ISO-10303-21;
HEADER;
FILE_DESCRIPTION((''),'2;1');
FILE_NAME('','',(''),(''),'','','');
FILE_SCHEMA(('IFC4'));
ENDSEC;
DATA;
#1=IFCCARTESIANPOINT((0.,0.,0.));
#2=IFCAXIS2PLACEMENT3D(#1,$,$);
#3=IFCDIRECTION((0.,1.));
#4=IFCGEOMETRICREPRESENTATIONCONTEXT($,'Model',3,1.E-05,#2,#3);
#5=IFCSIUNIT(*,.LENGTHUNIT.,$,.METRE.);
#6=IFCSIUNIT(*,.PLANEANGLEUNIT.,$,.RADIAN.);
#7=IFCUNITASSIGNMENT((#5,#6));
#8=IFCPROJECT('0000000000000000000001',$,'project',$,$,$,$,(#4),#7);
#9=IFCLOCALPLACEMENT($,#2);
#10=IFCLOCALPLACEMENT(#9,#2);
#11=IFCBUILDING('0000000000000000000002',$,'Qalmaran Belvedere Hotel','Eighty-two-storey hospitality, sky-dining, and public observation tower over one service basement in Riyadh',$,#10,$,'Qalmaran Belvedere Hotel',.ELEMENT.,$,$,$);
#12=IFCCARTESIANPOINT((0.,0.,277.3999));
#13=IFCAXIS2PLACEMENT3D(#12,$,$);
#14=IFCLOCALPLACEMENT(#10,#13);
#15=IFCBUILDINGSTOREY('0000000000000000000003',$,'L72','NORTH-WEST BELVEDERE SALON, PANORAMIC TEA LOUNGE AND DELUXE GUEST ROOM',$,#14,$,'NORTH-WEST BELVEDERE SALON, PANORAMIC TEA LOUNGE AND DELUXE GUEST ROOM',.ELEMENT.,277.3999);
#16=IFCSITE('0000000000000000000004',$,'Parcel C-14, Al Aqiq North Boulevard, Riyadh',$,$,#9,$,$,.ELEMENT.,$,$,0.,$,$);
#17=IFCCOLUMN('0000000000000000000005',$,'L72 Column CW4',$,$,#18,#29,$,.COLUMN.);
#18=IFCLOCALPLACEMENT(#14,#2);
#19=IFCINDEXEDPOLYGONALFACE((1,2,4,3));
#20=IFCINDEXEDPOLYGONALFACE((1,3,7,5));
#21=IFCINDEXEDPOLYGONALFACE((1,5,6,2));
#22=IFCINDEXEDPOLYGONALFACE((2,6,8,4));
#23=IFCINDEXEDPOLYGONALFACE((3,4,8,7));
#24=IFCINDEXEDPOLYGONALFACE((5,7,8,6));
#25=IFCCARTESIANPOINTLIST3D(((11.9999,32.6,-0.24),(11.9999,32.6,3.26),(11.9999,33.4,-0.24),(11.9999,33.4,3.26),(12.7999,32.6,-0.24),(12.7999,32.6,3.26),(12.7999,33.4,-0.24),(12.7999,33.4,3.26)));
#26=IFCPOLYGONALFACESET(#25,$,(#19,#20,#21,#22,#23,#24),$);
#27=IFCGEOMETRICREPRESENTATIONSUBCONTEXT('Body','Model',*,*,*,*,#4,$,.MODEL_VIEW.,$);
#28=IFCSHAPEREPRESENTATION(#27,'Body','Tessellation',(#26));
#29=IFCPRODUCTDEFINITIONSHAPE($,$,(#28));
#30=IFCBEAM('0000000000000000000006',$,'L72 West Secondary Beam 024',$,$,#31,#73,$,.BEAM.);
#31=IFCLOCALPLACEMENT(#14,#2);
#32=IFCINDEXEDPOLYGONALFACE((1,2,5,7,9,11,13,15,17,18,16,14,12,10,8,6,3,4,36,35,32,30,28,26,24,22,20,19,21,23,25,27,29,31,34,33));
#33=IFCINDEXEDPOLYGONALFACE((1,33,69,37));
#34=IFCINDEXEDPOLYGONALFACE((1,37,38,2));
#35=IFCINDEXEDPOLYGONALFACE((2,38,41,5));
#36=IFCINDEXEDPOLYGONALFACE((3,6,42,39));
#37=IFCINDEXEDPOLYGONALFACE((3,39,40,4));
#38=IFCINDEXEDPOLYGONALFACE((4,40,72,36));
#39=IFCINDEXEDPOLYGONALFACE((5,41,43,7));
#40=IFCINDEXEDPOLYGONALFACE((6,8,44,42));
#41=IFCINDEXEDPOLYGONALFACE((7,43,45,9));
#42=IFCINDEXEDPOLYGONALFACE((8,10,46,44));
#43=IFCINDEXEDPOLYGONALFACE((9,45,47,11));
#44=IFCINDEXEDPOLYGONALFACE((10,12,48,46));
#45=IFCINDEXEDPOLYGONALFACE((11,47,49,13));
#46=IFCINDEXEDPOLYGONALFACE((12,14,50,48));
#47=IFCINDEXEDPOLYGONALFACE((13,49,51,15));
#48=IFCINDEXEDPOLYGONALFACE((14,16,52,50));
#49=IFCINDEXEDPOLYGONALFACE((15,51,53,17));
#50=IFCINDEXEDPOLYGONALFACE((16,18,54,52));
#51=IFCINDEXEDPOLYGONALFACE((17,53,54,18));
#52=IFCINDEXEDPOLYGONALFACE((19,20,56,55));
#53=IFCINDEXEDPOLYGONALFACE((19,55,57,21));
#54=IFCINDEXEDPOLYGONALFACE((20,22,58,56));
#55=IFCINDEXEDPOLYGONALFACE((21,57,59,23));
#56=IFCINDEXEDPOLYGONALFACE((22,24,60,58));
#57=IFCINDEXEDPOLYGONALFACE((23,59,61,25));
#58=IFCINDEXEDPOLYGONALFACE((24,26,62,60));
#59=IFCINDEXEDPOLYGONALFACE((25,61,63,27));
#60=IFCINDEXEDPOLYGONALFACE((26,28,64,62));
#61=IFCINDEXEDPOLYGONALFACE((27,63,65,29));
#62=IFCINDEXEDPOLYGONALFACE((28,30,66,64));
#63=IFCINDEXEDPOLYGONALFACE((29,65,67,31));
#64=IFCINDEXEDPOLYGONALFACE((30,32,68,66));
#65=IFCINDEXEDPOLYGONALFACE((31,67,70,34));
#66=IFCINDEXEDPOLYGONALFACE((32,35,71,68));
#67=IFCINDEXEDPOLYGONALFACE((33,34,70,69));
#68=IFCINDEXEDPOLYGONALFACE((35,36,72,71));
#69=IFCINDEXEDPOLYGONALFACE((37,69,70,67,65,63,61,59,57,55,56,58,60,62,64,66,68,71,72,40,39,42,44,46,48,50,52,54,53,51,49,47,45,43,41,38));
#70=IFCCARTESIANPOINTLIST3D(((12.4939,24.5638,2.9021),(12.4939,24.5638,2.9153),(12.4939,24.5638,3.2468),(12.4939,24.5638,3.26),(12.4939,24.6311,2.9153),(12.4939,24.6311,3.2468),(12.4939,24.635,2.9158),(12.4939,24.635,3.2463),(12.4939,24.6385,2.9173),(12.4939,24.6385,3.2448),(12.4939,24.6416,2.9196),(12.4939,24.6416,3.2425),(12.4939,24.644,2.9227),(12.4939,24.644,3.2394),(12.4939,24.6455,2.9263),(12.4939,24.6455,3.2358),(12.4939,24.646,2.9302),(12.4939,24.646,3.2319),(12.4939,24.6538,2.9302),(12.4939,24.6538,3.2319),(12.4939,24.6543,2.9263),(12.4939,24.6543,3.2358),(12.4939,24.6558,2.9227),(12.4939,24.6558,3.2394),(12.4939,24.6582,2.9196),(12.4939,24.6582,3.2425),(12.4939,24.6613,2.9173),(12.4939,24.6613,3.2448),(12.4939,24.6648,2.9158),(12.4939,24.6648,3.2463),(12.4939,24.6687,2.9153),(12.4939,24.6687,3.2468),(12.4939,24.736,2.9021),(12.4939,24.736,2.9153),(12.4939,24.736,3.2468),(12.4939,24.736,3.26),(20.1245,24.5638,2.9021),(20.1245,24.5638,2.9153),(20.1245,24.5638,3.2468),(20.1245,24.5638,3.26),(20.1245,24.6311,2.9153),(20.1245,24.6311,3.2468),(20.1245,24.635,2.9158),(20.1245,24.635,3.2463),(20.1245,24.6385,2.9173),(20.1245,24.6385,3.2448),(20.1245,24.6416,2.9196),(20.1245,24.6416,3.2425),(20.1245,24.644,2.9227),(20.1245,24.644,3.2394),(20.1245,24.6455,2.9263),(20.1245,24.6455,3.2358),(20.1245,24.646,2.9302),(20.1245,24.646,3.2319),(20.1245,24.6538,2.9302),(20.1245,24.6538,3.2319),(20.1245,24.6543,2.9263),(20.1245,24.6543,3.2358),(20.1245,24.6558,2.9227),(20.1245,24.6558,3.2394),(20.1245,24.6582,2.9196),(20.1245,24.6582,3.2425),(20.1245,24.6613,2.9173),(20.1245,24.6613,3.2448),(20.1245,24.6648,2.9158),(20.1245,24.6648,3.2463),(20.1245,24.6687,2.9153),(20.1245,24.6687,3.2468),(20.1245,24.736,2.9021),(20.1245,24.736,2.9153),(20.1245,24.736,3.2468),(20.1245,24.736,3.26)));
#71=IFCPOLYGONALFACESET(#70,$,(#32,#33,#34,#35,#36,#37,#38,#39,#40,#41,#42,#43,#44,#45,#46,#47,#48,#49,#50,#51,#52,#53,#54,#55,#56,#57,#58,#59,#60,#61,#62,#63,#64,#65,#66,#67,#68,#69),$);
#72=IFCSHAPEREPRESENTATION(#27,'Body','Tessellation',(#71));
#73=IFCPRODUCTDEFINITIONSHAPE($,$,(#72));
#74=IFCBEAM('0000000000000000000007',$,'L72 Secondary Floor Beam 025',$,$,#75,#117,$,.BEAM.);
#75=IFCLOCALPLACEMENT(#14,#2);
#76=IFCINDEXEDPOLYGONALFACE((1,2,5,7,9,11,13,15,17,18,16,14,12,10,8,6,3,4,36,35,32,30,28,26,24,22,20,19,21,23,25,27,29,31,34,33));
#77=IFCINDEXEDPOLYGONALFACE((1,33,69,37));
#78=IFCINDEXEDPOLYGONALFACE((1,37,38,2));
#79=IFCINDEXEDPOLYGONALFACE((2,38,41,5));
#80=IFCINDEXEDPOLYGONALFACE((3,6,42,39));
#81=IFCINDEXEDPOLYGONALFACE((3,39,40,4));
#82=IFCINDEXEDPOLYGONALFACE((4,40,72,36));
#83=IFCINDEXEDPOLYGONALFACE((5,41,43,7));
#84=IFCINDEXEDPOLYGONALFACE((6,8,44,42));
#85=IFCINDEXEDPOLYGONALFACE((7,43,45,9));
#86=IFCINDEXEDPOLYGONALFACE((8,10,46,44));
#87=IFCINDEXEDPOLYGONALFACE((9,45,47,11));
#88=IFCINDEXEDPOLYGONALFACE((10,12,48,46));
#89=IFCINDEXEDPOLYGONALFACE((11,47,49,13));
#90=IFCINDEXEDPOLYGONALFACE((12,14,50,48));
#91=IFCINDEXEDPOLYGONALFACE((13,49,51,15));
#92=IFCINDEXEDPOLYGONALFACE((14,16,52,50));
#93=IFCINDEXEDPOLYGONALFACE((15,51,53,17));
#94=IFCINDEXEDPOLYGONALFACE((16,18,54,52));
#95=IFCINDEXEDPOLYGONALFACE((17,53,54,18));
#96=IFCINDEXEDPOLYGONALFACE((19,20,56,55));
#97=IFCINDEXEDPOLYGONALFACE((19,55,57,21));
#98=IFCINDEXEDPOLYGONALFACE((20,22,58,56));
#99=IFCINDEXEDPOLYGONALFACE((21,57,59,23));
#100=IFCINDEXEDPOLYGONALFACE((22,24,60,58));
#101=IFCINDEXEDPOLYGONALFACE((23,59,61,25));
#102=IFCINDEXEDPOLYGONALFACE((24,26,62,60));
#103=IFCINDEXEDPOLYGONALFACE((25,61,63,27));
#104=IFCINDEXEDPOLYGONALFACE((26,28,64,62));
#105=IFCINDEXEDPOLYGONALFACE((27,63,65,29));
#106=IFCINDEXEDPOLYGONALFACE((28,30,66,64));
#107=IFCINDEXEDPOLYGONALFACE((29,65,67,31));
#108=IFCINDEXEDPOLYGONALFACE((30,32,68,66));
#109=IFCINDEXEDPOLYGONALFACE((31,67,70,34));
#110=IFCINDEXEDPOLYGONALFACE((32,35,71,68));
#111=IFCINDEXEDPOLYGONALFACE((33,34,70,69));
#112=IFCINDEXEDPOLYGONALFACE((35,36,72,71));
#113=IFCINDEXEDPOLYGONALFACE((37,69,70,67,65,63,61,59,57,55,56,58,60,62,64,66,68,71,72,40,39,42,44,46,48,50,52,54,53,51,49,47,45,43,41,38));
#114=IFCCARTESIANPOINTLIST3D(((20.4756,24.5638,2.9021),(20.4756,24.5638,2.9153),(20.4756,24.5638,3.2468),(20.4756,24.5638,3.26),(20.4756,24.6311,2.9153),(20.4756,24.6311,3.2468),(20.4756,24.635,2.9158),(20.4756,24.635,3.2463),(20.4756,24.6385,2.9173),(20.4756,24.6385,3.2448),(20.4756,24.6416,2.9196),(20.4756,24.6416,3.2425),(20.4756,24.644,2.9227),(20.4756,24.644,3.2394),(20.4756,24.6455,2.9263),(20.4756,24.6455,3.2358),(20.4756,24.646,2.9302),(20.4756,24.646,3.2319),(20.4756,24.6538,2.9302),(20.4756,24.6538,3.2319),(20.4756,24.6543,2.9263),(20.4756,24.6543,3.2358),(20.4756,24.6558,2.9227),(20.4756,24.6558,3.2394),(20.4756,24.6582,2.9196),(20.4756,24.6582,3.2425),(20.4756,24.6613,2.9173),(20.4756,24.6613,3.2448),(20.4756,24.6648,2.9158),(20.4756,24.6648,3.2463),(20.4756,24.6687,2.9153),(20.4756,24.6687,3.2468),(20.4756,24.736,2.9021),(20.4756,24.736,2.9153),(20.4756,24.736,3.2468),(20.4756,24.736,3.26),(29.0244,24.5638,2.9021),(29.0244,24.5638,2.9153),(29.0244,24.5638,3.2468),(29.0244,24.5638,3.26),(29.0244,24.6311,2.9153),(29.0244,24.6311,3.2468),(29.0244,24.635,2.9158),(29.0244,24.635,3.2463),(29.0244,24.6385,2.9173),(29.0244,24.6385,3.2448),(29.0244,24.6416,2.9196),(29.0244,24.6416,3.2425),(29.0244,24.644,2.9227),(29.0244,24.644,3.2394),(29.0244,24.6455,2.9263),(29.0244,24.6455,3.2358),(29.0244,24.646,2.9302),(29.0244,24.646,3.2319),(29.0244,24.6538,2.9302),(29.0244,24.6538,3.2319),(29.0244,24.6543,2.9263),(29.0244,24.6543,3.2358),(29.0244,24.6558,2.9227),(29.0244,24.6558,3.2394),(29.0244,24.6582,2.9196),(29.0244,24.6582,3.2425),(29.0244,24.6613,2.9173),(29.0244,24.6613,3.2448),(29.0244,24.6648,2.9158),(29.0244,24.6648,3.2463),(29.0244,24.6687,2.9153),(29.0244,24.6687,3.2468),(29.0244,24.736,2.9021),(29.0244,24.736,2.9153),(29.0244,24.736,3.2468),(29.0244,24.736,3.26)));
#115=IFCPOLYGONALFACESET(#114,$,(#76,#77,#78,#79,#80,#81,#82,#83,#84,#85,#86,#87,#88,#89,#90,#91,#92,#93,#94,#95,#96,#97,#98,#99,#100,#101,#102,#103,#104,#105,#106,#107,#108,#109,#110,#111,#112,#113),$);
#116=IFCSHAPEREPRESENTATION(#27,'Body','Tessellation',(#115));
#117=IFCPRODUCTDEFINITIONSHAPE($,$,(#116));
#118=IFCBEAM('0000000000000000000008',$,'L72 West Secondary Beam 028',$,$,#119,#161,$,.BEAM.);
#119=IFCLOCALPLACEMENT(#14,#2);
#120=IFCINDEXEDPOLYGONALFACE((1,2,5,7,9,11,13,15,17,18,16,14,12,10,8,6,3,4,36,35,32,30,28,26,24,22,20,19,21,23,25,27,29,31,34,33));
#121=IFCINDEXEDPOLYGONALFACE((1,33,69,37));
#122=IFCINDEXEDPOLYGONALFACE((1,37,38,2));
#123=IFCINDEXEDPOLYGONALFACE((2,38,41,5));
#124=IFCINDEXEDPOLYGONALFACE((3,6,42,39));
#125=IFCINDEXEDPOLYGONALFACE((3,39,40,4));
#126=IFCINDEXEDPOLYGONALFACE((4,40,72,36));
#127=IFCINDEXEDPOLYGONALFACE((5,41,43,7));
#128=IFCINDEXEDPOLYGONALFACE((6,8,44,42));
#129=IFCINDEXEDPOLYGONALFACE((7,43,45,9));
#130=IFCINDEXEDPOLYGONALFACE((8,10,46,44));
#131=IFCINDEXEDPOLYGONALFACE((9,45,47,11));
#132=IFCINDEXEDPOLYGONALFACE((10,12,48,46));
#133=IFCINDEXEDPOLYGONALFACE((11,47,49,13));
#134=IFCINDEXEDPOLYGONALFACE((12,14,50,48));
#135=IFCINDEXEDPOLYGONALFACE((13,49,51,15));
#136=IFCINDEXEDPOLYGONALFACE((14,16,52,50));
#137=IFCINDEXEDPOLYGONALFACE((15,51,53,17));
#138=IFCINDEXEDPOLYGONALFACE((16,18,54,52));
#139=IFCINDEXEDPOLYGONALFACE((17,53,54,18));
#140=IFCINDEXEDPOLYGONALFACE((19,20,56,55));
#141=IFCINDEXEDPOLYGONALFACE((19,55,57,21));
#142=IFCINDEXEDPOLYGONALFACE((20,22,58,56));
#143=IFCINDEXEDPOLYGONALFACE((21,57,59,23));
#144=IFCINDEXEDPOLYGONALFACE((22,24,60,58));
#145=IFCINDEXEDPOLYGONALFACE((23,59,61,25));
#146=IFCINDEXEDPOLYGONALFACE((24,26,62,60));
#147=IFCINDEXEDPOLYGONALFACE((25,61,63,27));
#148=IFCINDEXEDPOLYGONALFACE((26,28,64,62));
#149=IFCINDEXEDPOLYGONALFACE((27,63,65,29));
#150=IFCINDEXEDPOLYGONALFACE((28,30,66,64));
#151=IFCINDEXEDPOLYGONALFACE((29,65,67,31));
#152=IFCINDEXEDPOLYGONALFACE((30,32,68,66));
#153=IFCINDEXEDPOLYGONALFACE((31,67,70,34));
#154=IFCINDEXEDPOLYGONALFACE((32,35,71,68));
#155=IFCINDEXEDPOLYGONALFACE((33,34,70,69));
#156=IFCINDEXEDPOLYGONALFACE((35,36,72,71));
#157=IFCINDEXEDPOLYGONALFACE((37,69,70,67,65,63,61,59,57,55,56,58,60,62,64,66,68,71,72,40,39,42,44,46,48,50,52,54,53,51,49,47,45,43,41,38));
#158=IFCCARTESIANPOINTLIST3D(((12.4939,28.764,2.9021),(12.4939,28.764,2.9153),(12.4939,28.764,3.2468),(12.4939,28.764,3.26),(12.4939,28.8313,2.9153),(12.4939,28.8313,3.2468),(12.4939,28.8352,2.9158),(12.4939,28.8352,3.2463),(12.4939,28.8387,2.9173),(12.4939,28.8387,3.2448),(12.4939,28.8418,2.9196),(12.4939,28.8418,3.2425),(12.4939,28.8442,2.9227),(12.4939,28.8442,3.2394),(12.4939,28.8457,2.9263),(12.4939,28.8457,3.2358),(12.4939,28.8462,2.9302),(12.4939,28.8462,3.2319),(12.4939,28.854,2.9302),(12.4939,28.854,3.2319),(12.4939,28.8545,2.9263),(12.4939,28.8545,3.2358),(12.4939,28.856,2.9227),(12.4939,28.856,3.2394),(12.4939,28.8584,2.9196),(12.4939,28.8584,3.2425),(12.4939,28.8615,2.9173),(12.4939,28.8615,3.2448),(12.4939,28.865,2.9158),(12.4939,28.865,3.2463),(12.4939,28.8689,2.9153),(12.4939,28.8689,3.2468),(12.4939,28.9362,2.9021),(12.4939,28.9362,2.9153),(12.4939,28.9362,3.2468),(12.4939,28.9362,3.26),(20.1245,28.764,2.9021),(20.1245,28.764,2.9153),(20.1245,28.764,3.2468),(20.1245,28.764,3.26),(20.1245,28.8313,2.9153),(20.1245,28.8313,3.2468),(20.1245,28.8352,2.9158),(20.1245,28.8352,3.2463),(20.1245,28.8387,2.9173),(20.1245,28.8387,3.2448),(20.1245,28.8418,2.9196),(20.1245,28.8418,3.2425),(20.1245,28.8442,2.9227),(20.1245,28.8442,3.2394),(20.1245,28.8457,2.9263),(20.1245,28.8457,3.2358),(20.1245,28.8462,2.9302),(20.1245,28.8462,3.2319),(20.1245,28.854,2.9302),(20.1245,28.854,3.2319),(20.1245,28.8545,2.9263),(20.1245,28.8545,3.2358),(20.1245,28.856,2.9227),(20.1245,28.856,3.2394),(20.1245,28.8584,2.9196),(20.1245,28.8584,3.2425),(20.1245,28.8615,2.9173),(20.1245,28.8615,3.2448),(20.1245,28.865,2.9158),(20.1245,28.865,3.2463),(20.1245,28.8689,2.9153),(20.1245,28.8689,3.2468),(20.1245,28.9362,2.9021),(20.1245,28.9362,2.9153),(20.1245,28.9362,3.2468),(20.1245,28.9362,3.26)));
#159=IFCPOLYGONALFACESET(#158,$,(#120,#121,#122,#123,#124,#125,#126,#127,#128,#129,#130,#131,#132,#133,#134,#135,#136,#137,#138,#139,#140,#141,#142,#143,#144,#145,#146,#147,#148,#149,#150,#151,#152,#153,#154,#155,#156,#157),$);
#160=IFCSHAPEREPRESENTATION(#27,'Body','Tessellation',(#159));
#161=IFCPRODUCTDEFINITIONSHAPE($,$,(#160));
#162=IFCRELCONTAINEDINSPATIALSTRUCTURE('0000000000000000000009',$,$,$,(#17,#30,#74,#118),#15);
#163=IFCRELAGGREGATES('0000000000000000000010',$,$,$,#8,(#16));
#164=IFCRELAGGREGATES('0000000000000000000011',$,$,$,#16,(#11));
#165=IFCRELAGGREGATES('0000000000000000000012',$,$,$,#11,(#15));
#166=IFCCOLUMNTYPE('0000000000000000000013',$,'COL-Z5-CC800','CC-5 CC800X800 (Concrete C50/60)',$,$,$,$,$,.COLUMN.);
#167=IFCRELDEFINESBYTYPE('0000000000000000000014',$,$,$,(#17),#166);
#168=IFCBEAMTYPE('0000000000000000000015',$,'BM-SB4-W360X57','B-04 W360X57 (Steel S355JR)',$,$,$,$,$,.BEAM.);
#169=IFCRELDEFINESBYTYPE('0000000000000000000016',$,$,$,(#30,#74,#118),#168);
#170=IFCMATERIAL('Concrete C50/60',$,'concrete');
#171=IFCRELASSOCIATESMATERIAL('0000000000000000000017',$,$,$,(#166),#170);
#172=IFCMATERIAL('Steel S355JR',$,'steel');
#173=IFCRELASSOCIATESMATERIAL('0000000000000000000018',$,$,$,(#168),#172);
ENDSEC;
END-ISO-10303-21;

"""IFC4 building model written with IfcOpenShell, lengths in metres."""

from ifc_helpers import new_model, si_unit, direction, frame, origin, origin_2d, place, context, subcontext, project, spatial, rectangle, i_section, extrude, material, material_profile, profile_set, type_object, element, save


model = new_model("IFC4")

# Units and contexts
model_context = context("Model", 3, precision=1e-05, world=origin(), true_north=direction((0.0, 1.0)))
body_context = subcontext(model_context, "Body", "Model", "MODEL_VIEW")
ifc_project = project(units=[si_unit("LENGTHUNIT", "METRE"), si_unit("PLANEANGLEUNIT", "RADIAN")], contexts=[model_context])

# Site, building, storey
site_placement = place(None, origin())
site = spatial("IfcSite", under=ifc_project, at=site_placement, Name="Parcel C-14, Al Aqiq North Boulevard, Riyadh", CompositionType="ELEMENT", RefElevation=0.0)
building_placement = place(site_placement, origin())
building = spatial("IfcBuilding", under=site, at=building_placement, Name="Qalmaran Belvedere Hotel", Description="Eighty-two-storey hospitality, sky-dining, and public observation tower over one service basement in Riyadh", LongName="Qalmaran Belvedere Hotel", CompositionType="ELEMENT")
storey_placement = place(building_placement, frame((0.0, 0.0, 277.3999)))
storey = spatial("IfcBuildingStorey", under=building, at=storey_placement, Name="L72", Description="NORTH-WEST BELVEDERE SALON, PANORAMIC TEA LOUNGE AND DELUXE GUEST ROOM", LongName="NORTH-WEST BELVEDERE SALON, PANORAMIC TEA LOUNGE AND DELUXE GUEST ROOM", CompositionType="ELEMENT", Elevation=277.3999)

# Column
ifc_material_1 = material(Name="Concrete C50/60", Category="concrete")
ifc_material_profile_1 = material_profile(ifc_material_1, rectangle(XDim=0.8, YDim=0.8, at=origin_2d()), Name="CC800X800")
ifc_profile_set_1 = profile_set([ifc_material_profile_1], Name="Concrete C50/60")
column_type = type_object("IfcColumnType", Name="COL-Z5-CC800", Description="CC-5 CC800X800 (Concrete C50/60)", PredefinedType="COLUMN", material=ifc_profile_set_1)
column_placement = place(storey_placement, frame((12.3999, 33.0, -0.24), z_axis=(0.0, 0.0, 1.0), x_axis=(1.0, 0.0, 0.0)))
element("IfcColumn", 1, at=column_placement, inside=storey, type_object=column_type, Name="L72 Column CW4", PredefinedType="COLUMN", context=body_context, shape_type="SweptSolid", body=[
    extrude(rectangle(XDim=0.8, YDim=0.8, at=origin_2d()), origin(), (0.0, 0.0, 1.0), 3.5),
])

# Beams
ifc_material_2 = material(Name="Steel S355JR", Category="steel")
ifc_material_profile_2 = material_profile(ifc_material_2, i_section(OverallWidth=0.1721, OverallDepth=0.3579, WebThickness=0.0078, FlangeThickness=0.0132, FilletRadius=0.0149, at=origin_2d()), Name="W360X57")
ifc_profile_set_2 = profile_set([ifc_material_profile_2], Name="Steel S355JR")
beam_type = type_object("IfcBeamType", Name="BM-SB4-W360X57", Description="B-04 W360X57 (Steel S355JR)", PredefinedType="BEAM", material=ifc_profile_set_2)
beam_1_placement = place(storey_placement, frame((12.4939, 24.6499, 3.0811), z_axis=(1.0, 0.0, 0.0), x_axis=(0.0, 1.0, 0.0)))
element("IfcBeam", 2, at=beam_1_placement, inside=storey, type_object=beam_type, Name="L72 West Secondary Beam 024", PredefinedType="BEAM", context=body_context, shape_type="SweptSolid", body=[
    extrude(i_section(OverallWidth=0.1721, OverallDepth=0.3579, WebThickness=0.0078, FlangeThickness=0.0132, FilletRadius=0.0149, at=origin_2d()), origin(), (0.0, 0.0, 1.0), 7.6306),
])
beam_2_placement = place(storey_placement, frame((20.4756, 24.6499, 3.0811), z_axis=(1.0, 0.0, 0.0), x_axis=(0.0, 1.0, 0.0)))
element("IfcBeam", 3, at=beam_2_placement, inside=storey, type_object=beam_type, Name="L72 Secondary Floor Beam 025", PredefinedType="BEAM", context=body_context, shape_type="SweptSolid", body=[
    extrude(i_section(OverallWidth=0.1721, OverallDepth=0.3579, WebThickness=0.0078, FlangeThickness=0.0132, FilletRadius=0.0149, at=origin_2d()), origin(), (0.0, 0.0, 1.0), 8.5488),
])
beam_3_placement = place(storey_placement, frame((12.4939, 28.8501, 3.0811), z_axis=(1.0, 0.0, 0.0), x_axis=(0.0, 1.0, 0.0)))
element("IfcBeam", 4, at=beam_3_placement, inside=storey, type_object=beam_type, Name="L72 West Secondary Beam 028", PredefinedType="BEAM", context=body_context, shape_type="SweptSolid", body=[
    extrude(i_section(OverallWidth=0.1721, OverallDepth=0.3579, WebThickness=0.0078, FlangeThickness=0.0132, FilletRadius=0.0149, at=origin_2d()), origin(), (0.0, 0.0, 1.0), 7.6306),
])

save(model, "model.ifc")
